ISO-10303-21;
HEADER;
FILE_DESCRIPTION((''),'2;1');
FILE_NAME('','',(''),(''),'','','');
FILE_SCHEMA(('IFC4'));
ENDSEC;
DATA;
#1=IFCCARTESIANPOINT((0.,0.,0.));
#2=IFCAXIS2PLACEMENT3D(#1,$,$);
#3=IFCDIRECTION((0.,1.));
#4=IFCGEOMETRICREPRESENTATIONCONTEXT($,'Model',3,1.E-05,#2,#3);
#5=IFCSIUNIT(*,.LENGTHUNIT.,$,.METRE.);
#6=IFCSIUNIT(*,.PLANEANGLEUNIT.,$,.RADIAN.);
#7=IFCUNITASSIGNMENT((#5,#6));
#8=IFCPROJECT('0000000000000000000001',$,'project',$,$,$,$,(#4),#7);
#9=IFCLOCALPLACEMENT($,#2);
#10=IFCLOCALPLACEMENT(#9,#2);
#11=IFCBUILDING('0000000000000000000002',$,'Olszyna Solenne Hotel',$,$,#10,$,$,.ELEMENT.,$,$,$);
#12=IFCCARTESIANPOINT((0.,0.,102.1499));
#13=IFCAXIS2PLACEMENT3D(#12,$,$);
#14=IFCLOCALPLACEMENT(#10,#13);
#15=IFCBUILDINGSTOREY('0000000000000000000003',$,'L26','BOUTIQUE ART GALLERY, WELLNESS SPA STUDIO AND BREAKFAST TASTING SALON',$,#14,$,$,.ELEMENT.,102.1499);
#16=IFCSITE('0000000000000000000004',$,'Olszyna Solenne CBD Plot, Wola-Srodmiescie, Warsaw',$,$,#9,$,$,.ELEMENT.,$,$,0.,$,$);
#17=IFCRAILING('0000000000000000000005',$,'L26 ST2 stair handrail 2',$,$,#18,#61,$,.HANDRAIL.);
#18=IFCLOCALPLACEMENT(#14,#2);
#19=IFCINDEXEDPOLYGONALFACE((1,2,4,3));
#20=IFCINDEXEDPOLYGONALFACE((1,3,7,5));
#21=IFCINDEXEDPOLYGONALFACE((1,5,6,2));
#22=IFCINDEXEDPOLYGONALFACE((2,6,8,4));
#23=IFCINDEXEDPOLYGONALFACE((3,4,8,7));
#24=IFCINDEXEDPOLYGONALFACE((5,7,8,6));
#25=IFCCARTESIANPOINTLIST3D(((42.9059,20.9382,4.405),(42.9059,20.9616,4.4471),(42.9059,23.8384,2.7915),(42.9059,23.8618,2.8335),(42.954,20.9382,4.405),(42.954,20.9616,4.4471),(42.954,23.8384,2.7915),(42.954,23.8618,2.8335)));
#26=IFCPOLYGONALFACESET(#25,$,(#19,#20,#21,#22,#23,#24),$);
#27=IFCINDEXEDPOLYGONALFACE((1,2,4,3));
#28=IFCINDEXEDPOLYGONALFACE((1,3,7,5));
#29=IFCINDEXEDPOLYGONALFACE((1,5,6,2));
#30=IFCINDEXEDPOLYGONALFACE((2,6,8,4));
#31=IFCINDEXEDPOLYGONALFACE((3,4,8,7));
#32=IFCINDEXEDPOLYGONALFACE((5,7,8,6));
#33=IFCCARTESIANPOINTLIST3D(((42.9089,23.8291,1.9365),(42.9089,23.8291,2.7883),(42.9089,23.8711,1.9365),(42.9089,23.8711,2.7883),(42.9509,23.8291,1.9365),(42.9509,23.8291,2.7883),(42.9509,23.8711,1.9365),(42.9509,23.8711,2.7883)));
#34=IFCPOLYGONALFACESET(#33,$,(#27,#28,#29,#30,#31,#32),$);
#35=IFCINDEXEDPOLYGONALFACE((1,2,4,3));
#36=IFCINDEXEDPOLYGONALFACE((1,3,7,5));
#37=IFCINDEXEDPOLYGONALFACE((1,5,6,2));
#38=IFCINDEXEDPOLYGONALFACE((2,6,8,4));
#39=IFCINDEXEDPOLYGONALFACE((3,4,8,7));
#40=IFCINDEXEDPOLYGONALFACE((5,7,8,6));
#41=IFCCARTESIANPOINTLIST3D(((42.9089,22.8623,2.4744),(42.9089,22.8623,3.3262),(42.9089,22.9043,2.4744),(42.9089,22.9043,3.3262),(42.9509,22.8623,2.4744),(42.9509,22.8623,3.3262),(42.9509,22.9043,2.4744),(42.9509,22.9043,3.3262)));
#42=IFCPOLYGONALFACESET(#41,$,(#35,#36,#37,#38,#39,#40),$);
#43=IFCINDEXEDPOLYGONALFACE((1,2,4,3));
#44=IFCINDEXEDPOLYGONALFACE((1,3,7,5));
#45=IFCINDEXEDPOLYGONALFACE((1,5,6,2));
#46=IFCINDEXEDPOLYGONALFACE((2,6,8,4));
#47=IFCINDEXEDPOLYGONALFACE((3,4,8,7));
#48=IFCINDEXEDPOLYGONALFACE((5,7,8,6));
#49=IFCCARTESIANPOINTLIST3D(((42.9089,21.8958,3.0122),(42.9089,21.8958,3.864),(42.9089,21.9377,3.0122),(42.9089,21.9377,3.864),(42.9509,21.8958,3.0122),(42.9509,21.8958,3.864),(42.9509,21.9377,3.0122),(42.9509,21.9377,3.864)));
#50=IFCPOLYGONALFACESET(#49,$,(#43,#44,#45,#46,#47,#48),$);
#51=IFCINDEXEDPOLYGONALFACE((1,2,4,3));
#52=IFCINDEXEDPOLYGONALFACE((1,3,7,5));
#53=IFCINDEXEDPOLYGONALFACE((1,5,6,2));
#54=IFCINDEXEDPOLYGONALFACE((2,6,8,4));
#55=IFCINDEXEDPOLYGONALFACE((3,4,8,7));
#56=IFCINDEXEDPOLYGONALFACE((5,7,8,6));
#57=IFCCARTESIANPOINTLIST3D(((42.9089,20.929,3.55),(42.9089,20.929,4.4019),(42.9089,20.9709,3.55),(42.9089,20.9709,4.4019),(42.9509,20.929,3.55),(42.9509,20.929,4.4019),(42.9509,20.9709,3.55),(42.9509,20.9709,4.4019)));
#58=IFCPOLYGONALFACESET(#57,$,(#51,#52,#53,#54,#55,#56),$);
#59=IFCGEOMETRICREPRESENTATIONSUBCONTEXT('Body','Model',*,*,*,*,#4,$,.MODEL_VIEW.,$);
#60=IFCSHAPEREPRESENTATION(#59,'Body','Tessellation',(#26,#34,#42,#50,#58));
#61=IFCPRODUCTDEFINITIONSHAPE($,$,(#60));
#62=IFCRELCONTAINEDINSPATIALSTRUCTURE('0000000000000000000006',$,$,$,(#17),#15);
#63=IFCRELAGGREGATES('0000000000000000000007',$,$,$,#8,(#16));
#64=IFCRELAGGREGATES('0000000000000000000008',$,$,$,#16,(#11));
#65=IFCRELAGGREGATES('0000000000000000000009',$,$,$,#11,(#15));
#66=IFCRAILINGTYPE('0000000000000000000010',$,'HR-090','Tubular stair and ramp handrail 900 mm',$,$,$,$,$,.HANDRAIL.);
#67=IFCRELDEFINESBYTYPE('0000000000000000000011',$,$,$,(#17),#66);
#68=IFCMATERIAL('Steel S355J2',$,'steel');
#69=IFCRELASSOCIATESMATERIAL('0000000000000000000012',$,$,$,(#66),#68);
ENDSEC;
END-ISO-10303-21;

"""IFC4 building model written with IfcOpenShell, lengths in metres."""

from ifc_helpers import new_model, si_unit, direction, frame, origin, origin_2d, place, context, subcontext, project, spatial, rectangle, extrude, material, type_object, element, save


model = new_model("IFC4")

# Units and contexts
model_context = context("Model", 3, precision=1e-05, world=origin(), true_north=direction((0.0, 1.0)))
body_context = subcontext(model_context, "Body", "Model", "MODEL_VIEW")
ifc_project = project(units=[si_unit("LENGTHUNIT", "METRE"), si_unit("PLANEANGLEUNIT", "RADIAN")], contexts=[model_context])

# Site, building, storey
site_placement = place(None, origin())
site = spatial("IfcSite", under=ifc_project, at=site_placement, Name="Olszyna Solenne CBD Plot, Wola-Srodmiescie, Warsaw", CompositionType="ELEMENT", RefElevation=0.0)
building_placement = place(site_placement, origin())
building = spatial("IfcBuilding", under=site, at=building_placement, Name="Olszyna Solenne Hotel", CompositionType="ELEMENT")
storey_placement = place(building_placement, frame((0.0, 0.0, 102.1499)))
storey = spatial("IfcBuildingStorey", under=building, at=storey_placement, Name="L26", Description="BOUTIQUE ART GALLERY, WELLNESS SPA STUDIO AND BREAKFAST TASTING SALON", CompositionType="ELEMENT", Elevation=102.1499)

# Shared definitions
ifc_material_1 = material(Name="Steel S355J2", Category="steel")

# Railing
railing_type_1 = type_object("IfcRailingType", Name="HR-090", Description="Tubular stair and ramp handrail 900 mm", PredefinedType="HANDRAIL", material=ifc_material_1)
railing_1_placement = place(storey_placement, frame((42.9299, 23.8501, 1.9365)))
element("IfcRailing", 1, at=railing_1_placement, inside=storey, type_object=railing_type_1, Name="L26 ST2 stair handrail 2", PredefinedType="HANDRAIL", context=body_context, shape_type="SweptSolid", body=[
    extrude(rectangle(XDim=0.0481, YDim=0.0481, at=origin_2d()), frame((0.0, 0.0, 0.876), z_axis=(0.0, -0.873859, 0.48618), x_axis=(1.0, 0.0, 0.0)), (0.0, 0.0, 1.0), 3.3188),
    extrude(rectangle(XDim=0.042, YDim=0.042, at=origin_2d()), origin(), (0.0, 0.0, 1.0), 0.8518),
    extrude(rectangle(XDim=0.042, YDim=0.042, at=origin_2d()), frame((0.0, -0.9668, 0.5378)), (0.0, 0.0, 1.0), 0.8518),
    extrude(rectangle(XDim=0.042, YDim=0.042, at=origin_2d()), frame((0.0, -1.9333, 1.0757)), (0.0, 0.0, 1.0), 0.8518),
    extrude(rectangle(XDim=0.042, YDim=0.042, at=origin_2d()), frame((0.0, -2.9001, 1.6135)), (0.0, 0.0, 1.0), 0.8518),
])

save(model, "model.ifc")
